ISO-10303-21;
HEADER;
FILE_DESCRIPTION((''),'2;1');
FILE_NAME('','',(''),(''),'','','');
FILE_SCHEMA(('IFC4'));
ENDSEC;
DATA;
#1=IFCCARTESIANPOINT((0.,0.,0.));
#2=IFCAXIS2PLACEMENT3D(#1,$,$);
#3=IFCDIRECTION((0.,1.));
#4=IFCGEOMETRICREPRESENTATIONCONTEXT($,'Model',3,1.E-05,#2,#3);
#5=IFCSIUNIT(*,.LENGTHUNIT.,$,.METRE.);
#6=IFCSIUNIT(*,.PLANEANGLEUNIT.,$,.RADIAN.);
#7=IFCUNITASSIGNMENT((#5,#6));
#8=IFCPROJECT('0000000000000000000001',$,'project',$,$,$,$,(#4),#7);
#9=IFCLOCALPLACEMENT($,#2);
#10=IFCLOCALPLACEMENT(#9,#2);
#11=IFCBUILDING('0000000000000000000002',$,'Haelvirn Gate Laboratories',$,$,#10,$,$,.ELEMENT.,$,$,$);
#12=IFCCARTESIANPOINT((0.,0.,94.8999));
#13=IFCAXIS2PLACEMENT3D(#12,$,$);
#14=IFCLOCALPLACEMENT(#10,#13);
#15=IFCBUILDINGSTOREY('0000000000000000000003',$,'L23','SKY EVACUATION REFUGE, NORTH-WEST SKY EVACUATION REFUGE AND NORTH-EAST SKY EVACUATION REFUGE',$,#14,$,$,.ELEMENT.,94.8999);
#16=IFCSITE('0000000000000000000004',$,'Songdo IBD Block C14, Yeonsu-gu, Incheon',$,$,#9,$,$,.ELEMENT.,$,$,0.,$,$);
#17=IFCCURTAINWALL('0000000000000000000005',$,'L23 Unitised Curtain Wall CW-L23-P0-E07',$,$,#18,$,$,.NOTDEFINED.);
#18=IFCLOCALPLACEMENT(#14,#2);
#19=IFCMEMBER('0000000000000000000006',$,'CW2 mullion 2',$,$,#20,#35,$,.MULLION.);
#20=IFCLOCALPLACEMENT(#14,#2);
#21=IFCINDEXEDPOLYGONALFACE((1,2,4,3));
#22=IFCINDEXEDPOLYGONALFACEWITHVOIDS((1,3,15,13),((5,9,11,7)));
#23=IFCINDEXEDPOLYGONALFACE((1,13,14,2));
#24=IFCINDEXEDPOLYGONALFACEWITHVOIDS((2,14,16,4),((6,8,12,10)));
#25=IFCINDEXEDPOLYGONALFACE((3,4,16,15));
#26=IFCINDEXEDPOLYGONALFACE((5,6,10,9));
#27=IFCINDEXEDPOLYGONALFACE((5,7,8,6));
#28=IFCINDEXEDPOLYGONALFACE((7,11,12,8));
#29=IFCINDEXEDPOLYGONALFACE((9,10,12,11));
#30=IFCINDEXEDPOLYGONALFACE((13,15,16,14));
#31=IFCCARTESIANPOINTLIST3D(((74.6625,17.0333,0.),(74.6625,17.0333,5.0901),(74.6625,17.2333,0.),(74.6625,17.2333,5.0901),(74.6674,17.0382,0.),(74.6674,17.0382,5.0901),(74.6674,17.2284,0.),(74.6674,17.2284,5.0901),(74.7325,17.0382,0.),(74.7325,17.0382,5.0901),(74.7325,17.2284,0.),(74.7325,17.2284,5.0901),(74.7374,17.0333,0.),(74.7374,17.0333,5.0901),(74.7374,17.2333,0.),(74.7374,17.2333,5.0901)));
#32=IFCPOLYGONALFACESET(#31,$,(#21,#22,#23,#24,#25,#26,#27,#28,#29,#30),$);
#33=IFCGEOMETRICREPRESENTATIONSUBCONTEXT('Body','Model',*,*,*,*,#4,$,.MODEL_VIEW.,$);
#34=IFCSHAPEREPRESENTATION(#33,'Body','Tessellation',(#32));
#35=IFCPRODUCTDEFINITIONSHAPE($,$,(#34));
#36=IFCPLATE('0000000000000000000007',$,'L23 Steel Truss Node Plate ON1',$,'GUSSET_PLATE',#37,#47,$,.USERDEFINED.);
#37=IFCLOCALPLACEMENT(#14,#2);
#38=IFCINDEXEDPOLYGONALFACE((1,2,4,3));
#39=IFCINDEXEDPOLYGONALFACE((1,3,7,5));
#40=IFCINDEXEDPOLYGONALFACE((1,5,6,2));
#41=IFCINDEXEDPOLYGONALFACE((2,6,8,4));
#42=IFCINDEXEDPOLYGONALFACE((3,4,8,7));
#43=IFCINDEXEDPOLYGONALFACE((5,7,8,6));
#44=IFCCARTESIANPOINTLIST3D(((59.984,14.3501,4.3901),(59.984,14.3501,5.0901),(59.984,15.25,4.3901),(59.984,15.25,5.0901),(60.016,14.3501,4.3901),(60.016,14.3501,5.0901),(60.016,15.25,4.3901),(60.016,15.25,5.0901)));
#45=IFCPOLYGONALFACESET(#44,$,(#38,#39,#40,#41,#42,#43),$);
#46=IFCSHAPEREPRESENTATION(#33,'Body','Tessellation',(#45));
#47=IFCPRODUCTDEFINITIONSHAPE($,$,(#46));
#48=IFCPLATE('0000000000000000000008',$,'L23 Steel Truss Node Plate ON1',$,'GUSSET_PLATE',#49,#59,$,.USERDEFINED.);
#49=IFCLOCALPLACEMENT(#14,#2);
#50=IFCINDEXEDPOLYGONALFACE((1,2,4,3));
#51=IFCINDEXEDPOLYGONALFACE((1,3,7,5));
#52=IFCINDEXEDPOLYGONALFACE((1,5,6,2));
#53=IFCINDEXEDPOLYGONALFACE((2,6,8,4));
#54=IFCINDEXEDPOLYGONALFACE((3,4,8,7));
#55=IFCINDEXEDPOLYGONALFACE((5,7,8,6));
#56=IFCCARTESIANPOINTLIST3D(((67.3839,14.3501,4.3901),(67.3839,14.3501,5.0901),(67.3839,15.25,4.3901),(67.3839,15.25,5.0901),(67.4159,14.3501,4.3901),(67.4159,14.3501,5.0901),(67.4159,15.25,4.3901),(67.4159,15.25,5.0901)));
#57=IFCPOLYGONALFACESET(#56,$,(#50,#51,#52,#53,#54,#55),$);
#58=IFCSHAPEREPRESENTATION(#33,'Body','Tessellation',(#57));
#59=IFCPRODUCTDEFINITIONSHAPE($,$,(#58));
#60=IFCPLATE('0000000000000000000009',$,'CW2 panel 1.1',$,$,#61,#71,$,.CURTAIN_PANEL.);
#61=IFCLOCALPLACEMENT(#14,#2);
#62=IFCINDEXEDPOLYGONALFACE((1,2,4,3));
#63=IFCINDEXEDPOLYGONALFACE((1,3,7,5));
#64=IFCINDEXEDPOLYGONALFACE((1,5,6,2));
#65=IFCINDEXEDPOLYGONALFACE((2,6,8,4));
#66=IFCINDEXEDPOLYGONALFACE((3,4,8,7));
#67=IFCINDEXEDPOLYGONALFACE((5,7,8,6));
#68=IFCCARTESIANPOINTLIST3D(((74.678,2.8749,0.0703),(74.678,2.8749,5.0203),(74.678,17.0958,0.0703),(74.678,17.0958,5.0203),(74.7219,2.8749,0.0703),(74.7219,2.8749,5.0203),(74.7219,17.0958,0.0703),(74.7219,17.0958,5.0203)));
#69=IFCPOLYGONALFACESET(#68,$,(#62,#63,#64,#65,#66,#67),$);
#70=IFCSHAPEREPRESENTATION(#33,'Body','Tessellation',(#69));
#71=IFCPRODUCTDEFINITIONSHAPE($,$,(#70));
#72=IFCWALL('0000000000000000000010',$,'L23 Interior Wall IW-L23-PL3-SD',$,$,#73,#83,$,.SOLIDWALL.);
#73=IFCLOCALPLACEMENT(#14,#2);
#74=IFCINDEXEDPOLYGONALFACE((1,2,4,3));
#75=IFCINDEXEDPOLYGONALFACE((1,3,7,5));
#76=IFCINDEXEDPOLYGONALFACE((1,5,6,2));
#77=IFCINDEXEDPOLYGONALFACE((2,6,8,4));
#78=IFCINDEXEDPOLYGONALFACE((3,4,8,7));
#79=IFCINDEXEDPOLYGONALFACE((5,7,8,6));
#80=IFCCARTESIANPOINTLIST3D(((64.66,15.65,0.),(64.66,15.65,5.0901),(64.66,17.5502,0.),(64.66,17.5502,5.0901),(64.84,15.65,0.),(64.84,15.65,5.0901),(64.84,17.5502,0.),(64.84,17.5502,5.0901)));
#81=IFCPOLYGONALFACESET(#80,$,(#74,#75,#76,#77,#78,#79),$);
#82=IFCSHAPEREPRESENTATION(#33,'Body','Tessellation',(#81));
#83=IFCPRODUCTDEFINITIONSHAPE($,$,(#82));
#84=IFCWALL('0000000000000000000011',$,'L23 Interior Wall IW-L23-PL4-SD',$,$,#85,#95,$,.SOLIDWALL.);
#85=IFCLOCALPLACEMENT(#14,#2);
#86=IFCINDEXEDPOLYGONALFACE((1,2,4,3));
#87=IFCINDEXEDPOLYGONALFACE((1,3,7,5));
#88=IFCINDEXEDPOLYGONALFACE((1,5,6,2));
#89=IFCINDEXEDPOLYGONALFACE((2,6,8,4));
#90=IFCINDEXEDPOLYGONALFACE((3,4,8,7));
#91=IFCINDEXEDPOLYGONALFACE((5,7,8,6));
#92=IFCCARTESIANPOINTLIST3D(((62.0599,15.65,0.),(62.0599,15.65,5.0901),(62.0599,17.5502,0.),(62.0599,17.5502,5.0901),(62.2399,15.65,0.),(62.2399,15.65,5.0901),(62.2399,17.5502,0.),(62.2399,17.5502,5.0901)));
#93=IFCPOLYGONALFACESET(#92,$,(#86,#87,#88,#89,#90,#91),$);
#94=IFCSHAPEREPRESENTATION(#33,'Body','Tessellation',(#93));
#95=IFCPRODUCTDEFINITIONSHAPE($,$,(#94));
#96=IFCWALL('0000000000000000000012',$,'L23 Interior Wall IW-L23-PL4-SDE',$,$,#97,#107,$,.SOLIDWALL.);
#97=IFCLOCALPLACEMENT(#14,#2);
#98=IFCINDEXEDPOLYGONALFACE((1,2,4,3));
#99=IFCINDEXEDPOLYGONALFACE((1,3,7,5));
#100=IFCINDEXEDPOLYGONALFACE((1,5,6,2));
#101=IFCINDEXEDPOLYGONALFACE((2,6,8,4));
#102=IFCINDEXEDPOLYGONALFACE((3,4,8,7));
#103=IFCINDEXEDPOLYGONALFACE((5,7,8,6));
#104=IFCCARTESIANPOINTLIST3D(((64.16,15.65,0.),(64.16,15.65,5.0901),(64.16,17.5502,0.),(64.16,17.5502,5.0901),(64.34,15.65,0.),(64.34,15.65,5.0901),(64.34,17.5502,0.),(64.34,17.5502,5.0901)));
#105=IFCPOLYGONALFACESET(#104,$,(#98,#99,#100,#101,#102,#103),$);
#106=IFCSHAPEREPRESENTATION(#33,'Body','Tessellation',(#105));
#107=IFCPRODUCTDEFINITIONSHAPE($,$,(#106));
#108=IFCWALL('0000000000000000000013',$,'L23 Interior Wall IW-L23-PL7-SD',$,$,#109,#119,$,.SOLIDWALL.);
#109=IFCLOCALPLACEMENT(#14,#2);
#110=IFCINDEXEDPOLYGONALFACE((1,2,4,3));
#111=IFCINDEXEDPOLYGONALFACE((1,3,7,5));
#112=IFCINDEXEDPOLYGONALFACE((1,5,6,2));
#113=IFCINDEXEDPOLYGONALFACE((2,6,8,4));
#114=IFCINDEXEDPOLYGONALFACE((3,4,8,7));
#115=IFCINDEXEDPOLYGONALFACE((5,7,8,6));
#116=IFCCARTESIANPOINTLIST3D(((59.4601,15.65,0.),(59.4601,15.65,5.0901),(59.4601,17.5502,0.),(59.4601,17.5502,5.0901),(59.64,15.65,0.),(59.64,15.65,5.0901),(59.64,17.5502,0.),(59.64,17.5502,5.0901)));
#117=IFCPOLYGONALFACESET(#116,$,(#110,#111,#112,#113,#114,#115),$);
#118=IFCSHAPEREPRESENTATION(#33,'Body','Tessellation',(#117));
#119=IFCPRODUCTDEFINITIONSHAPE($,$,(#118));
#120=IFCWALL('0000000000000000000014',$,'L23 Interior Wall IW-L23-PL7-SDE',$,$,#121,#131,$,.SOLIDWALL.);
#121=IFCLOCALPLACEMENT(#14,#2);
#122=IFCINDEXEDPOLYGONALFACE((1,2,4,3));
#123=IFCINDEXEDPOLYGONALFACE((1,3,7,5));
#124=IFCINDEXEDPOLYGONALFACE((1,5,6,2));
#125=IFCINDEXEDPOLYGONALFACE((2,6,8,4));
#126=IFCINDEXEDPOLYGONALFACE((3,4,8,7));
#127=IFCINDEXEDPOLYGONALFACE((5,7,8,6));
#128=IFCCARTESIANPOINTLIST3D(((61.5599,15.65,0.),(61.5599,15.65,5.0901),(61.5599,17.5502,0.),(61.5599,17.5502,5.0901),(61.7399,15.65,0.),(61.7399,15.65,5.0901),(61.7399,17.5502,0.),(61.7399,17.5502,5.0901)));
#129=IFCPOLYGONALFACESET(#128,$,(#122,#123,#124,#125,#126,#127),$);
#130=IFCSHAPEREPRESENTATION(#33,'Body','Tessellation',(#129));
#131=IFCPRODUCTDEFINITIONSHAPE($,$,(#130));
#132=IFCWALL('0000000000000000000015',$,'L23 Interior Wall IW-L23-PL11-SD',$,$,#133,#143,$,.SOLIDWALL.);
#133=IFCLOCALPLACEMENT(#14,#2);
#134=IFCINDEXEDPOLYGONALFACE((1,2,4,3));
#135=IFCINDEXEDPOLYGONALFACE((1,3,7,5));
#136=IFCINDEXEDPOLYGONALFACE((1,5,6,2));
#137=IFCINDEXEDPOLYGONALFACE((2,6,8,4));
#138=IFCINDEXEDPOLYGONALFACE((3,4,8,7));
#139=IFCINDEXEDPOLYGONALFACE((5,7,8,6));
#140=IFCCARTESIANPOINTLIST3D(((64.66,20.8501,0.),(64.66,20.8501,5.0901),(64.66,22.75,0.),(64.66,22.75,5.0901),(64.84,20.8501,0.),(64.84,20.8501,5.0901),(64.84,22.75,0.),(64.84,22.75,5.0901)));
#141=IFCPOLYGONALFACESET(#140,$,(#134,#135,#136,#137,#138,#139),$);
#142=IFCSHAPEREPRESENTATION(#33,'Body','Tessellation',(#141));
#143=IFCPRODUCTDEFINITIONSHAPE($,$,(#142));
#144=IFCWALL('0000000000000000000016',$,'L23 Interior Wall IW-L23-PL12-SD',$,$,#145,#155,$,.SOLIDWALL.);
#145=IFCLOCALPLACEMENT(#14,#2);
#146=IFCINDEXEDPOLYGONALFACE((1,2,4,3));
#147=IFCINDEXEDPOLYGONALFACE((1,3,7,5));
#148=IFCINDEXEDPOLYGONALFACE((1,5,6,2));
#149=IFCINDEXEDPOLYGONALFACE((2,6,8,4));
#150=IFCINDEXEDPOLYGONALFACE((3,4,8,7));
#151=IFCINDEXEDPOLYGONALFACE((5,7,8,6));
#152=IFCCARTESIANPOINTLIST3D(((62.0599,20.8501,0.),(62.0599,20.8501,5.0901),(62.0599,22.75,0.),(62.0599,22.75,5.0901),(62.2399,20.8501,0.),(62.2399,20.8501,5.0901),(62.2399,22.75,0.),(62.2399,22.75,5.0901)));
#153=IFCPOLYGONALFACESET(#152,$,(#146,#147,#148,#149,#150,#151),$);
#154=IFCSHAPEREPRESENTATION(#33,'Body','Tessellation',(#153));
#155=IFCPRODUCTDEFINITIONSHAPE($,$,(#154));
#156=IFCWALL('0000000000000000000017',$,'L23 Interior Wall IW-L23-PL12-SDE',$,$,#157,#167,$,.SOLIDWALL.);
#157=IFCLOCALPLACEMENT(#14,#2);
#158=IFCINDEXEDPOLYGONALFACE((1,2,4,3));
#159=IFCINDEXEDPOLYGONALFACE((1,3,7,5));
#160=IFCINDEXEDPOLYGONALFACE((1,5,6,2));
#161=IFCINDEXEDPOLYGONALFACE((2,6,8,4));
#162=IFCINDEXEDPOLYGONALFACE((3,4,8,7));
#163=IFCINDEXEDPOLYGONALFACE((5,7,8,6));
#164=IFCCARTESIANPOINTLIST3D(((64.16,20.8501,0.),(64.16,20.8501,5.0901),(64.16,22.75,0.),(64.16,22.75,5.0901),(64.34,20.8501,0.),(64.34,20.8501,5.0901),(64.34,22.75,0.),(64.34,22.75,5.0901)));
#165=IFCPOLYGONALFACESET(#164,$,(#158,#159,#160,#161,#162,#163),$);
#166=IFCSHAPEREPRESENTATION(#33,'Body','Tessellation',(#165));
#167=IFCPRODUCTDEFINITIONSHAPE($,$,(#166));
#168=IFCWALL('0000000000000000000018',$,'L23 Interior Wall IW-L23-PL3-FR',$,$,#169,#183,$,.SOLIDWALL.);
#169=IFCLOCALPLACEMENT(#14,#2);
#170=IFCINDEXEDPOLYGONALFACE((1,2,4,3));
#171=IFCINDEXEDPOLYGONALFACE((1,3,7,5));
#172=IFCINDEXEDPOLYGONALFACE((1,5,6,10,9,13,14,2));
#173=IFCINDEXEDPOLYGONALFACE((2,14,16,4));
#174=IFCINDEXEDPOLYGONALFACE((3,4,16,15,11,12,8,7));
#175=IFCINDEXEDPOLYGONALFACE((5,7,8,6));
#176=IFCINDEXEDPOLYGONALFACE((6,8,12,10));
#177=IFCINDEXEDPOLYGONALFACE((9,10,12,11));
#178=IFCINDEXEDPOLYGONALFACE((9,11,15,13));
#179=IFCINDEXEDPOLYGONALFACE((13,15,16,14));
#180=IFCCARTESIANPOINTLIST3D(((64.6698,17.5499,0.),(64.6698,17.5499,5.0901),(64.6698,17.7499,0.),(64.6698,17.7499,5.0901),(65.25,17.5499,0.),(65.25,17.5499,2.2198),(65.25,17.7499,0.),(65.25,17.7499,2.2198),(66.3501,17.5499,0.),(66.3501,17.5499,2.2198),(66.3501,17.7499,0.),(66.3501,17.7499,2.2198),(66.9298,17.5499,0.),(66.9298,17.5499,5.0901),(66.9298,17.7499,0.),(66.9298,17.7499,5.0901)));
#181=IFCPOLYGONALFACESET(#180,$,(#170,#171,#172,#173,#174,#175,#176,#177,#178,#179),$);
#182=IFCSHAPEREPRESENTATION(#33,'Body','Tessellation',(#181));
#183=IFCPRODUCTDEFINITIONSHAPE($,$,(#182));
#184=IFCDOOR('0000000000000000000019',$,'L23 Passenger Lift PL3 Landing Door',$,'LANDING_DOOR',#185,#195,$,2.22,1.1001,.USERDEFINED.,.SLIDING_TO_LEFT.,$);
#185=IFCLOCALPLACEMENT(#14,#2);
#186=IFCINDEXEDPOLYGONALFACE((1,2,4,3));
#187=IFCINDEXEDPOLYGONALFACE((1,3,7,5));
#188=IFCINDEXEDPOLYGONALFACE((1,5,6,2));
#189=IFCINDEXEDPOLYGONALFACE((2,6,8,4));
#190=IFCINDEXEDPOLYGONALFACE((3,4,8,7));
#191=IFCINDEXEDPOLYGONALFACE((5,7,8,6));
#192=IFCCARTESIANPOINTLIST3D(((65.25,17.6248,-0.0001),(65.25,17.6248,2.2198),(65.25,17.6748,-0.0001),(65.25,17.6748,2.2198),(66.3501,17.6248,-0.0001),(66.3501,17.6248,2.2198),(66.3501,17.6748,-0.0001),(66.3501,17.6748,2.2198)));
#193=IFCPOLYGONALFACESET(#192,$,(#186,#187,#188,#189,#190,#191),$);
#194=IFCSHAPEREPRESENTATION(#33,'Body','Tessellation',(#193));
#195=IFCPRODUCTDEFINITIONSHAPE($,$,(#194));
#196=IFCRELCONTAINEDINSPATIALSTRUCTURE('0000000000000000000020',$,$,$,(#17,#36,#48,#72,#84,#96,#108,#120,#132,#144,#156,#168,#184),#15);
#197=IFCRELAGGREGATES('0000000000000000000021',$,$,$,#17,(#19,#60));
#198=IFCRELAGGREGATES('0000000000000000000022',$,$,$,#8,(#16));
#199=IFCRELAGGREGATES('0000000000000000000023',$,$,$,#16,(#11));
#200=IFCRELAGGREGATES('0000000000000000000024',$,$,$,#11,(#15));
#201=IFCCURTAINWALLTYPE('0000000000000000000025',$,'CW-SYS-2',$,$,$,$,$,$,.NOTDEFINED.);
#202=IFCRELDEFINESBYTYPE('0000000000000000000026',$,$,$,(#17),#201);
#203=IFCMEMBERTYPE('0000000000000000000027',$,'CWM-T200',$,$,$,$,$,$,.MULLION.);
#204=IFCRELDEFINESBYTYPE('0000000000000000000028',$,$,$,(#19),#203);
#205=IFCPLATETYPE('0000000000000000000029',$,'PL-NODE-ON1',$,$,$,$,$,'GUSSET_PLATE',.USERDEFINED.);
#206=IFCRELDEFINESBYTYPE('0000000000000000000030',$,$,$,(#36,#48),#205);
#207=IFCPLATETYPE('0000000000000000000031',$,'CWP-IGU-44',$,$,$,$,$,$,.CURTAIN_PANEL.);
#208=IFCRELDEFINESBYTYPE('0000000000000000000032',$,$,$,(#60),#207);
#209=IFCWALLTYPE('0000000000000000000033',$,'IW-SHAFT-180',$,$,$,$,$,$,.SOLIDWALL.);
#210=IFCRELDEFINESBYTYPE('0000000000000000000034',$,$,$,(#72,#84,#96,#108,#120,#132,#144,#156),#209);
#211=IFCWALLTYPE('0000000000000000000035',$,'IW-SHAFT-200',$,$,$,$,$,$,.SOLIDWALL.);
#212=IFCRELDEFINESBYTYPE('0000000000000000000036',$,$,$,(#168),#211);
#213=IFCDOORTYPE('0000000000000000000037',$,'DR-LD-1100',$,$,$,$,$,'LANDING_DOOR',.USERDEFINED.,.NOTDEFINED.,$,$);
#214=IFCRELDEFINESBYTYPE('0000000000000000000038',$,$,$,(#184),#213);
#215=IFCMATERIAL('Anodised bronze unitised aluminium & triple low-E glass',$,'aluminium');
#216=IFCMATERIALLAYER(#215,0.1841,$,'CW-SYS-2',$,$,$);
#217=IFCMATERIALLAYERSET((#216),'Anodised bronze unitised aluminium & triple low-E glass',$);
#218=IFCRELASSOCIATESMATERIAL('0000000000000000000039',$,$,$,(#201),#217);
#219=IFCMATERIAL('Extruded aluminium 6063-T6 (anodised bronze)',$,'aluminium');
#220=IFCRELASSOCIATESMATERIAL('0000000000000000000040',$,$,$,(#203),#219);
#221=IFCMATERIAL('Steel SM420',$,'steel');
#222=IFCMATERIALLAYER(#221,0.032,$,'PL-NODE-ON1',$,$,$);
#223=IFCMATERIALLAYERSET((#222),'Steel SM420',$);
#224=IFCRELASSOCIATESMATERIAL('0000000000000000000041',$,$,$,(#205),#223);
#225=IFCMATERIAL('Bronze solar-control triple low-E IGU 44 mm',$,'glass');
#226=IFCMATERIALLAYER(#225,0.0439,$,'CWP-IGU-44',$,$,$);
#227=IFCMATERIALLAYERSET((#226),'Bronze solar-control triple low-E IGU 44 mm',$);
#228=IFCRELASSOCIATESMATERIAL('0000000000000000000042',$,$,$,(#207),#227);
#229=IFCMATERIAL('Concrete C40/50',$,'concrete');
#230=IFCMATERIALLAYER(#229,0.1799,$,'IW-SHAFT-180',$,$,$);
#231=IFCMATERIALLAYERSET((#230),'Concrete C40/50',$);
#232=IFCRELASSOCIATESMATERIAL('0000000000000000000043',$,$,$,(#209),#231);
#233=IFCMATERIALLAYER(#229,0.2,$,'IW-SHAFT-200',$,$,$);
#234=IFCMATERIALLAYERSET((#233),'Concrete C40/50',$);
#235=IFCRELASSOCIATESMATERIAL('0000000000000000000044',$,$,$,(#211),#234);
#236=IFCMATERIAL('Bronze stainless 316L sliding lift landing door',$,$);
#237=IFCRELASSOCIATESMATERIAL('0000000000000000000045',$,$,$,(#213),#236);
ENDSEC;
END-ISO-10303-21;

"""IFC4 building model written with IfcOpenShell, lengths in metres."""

from ifc_helpers import new_model, si_unit, direction, frame, frame_2d, origin, origin_2d, place, context, subcontext, project, spatial, rectangle, hollow_rectangle, extrude, source, transform, mapped, material, layer, layer_set, material_profile, profile_set, type_object, type_shapes, element, fill, aggregate, save


model = new_model("IFC4")

# Units and contexts
model_context = context("Model", 3, precision=1e-05, world=origin(), true_north=direction((0.0, 1.0)))
body_context = subcontext(model_context, "Body", "Model", "MODEL_VIEW")
ifc_project = project(units=[si_unit("LENGTHUNIT", "METRE"), si_unit("PLANEANGLEUNIT", "RADIAN")], contexts=[model_context])

# Site, building, storey
site_placement = place(None, origin())
site = spatial("IfcSite", under=ifc_project, at=site_placement, Name="Songdo IBD Block C14, Yeonsu-gu, Incheon", CompositionType="ELEMENT", RefElevation=0.0)
building_placement = place(site_placement, origin())
building = spatial("IfcBuilding", under=site, at=building_placement, Name="Haelvirn Gate Laboratories", CompositionType="ELEMENT")
storey_placement = place(building_placement, frame((0.0, 0.0, 94.8999)))
storey = spatial("IfcBuildingStorey", under=building, at=storey_placement, Name="L23", Description="SKY EVACUATION REFUGE, NORTH-WEST SKY EVACUATION REFUGE AND NORTH-EAST SKY EVACUATION REFUGE", CompositionType="ELEMENT", Elevation=94.8999)

# Shared definitions
ifc_material_1 = material(Name="Steel SM420", Category="steel")

# Curtain wall, member
ifc_material_2 = material(Name="Anodised bronze unitised aluminium & triple low-E glass", Category="aluminium")
ifc_layer_1 = layer(ifc_material_2, 0.1841, Name="CW-SYS-2")
ifc_layer_set_1 = layer_set([ifc_layer_1], Name="Anodised bronze unitised aluminium & triple low-E glass")
curtain_wall_type = type_object("IfcCurtainWallType", Name="CW-SYS-2", PredefinedType="NOTDEFINED", material=ifc_layer_set_1)
curtain_wall_placement = place(storey_placement, origin())
curtain_wall = element("IfcCurtainWall", 1, at=curtain_wall_placement, inside=storey, type_object=curtain_wall_type, Name="L23 Unitised Curtain Wall CW-L23-P0-E07", PredefinedType="NOTDEFINED")
ifc_material_3 = material(Name="Extruded aluminium 6063-T6 (anodised bronze)", Category="aluminium")
ifc_material_profile_1 = material_profile(ifc_material_3, hollow_rectangle(XDim=0.075, YDim=0.2, WallThickness=0.0049, at=origin_2d()), Name="CWM-200x75x5")
ifc_profile_set_1 = profile_set([ifc_material_profile_1], Name="Extruded aluminium 6063-T6 (anodised bronze)")
member_type_1 = type_object("IfcMemberType", Name="CWM-T200", PredefinedType="MULLION", material=ifc_profile_set_1)
shared_shape_1 = source(origin(), body_context, "Body", "SweptSolid", [
    extrude(hollow_rectangle(XDim=0.075, YDim=0.2, WallThickness=0.0049, at=origin_2d()), origin(), (0.0, 0.0, 1.0), 5.0901),
])
type_shapes(member_type_1, [shared_shape_1])
member_1_placement = place(storey_placement, frame((74.7, 17.1333, 0.0), z_axis=(0.0, 0.0, 1.0), x_axis=(-1.0, 0.0, 0.0)))
member_1 = element("IfcMember", 2, at=member_1_placement, type_object=member_type_1, Name="CW2 mullion 2", PredefinedType="MULLION", context=body_context, shape_type="MappedRepresentation", body=[
    mapped(shared_shape_1, transform((0.0, 0.0, 0.0), scale=1.0)),
])

# Plates
ifc_layer_2 = layer(ifc_material_1, 0.032, Name="PL-NODE-ON1")
ifc_layer_set_2 = layer_set([ifc_layer_2], Name="Steel SM420")
plate_type_1 = type_object("IfcPlateType", Name="PL-NODE-ON1", ElementType="GUSSET_PLATE", PredefinedType="USERDEFINED", material=ifc_layer_set_2)
shared_shape_2 = source(origin(), body_context, "Body", "SweptSolid", [
    extrude(rectangle(XDim=0.8999, YDim=0.032, at=origin_2d()), origin(), (0.0, 0.0, 1.0), 0.7),
])
type_shapes(plate_type_1, [shared_shape_2])
for number, where, z_axis, x_axis, name in (
    (3, (60.0, 14.8, 4.3901), (0.0, 0.0, 1.0), (0.0, 1.0, 0.0), "L23 Steel Truss Node Plate ON1"),
    (4, (67.3999, 14.8, 4.3901), (0.0, 0.0, 1.0), (0.0, 1.0, 0.0), "L23 Steel Truss Node Plate ON1"),
):
    element("IfcPlate", number, at=place(storey_placement, frame(where, z_axis=z_axis, x_axis=x_axis)), inside=storey, type_object=plate_type_1, Name=name, ObjectType="GUSSET_PLATE", PredefinedType="USERDEFINED", context=body_context, shape_type="MappedRepresentation", body=[
        mapped(shared_shape_2, transform((0.0, 0.0, 0.0), scale=1.0)),
    ])

# Plate
ifc_material_4 = material(Name="Bronze solar-control triple low-E IGU 44 mm", Category="glass")
ifc_layer_3 = layer(ifc_material_4, 0.0439, Name="CWP-IGU-44")
ifc_layer_set_3 = layer_set([ifc_layer_3], Name="Bronze solar-control triple low-E IGU 44 mm")
plate_type_2 = type_object("IfcPlateType", Name="CWP-IGU-44", PredefinedType="CURTAIN_PANEL", material=ifc_layer_set_3)
shared_shape_3 = source(origin(), body_context, "Body", "SweptSolid", [
    extrude(rectangle(XDim=14.2209, YDim=0.0439, at=origin_2d()), origin(), (0.0, 0.0, 1.0), 4.95),
])
type_shapes(plate_type_2, [shared_shape_3])
plate_placement = place(storey_placement, frame((74.7, 9.9854, 0.0703), z_axis=(0.0, 0.0, 1.0), x_axis=(0.0, 1.0, 0.0)))
plate = element("IfcPlate", 5, at=plate_placement, type_object=plate_type_2, Name="CW2 panel 1.1", PredefinedType="CURTAIN_PANEL", context=body_context, shape_type="MappedRepresentation", body=[
    mapped(shared_shape_3, transform((0.0, 0.0, 0.0), scale=1.0)),
])
aggregate(curtain_wall, [member_1, plate])

# Walls
ifc_material_5 = material(Name="Concrete C40/50", Category="concrete")
ifc_layer_4 = layer(ifc_material_5, 0.1799, Name="IW-SHAFT-180")
ifc_layer_set_4 = layer_set([ifc_layer_4], Name="Concrete C40/50")
wall_type_1 = type_object("IfcWallType", Name="IW-SHAFT-180", PredefinedType="SOLIDWALL", material=ifc_layer_set_4)
for number, where, z_axis, x_axis, name in (
    (6, (64.75, 15.6499, 0.0), (0.0, 0.0, 1.0), (0.0, 1.0, 0.0), "L23 Interior Wall IW-L23-PL3-SD"),
    (7, (62.1499, 15.6499, 0.0), (0.0, 0.0, 1.0), (0.0, 1.0, 0.0), "L23 Interior Wall IW-L23-PL4-SD"),
    (8, (64.25, 15.6499, 0.0), (0.0, 0.0, 1.0), (0.0, 1.0, 0.0), "L23 Interior Wall IW-L23-PL4-SDE"),
    (9, (59.55, 15.6499, 0.0), (0.0, 0.0, 1.0), (0.0, 1.0, 0.0), "L23 Interior Wall IW-L23-PL7-SD"),
    (10, (61.6499, 15.6499, 0.0), (0.0, 0.0, 1.0), (0.0, 1.0, 0.0), "L23 Interior Wall IW-L23-PL7-SDE"),
):
    element("IfcWall", number, at=place(storey_placement, frame(where, z_axis=z_axis, x_axis=x_axis)), inside=storey, type_object=wall_type_1, Name=name, PredefinedType="SOLIDWALL", context=body_context, shape_type="SweptSolid", body=[
        extrude(rectangle(XDim=1.9001, YDim=0.1799, at=frame_2d((0.9502, 0.0))), origin(), (0.0, 0.0, 1.0), 5.0901),
    ])
for number, where, z_axis, x_axis, name in (
    (11, (64.75, 20.8501, 0.0), (0.0, 0.0, 1.0), (0.0, 1.0, 0.0), "L23 Interior Wall IW-L23-PL11-SD"),
    (12, (62.1499, 20.8501, 0.0), (0.0, 0.0, 1.0), (0.0, 1.0, 0.0), "L23 Interior Wall IW-L23-PL12-SD"),
    (13, (64.25, 20.8501, 0.0), (0.0, 0.0, 1.0), (0.0, 1.0, 0.0), "L23 Interior Wall IW-L23-PL12-SDE"),
):
    element("IfcWall", number, at=place(storey_placement, frame(where, z_axis=z_axis, x_axis=x_axis)), inside=storey, type_object=wall_type_1, Name=name, PredefinedType="SOLIDWALL", context=body_context, shape_type="SweptSolid", body=[
        extrude(rectangle(XDim=1.8999, YDim=0.1799, at=frame_2d((0.95, 0.0))), origin(), (0.0, 0.0, 1.0), 5.0901),
    ])

# Wall, opening, door
ifc_layer_5 = layer(ifc_material_5, 0.2, Name="IW-SHAFT-200")
ifc_layer_set_5 = layer_set([ifc_layer_5], Name="Concrete C40/50")
wall_type_2 = type_object("IfcWallType", Name="IW-SHAFT-200", PredefinedType="SOLIDWALL", material=ifc_layer_set_5)
wall_1_placement = place(storey_placement, frame((64.6699, 17.6499, 0.0), z_axis=(0.0, 0.0, 1.0), x_axis=(1.0, 0.0, 0.0)))
wall_1 = element("IfcWall", 14, at=wall_1_placement, inside=storey, type_object=wall_type_2, Name="L23 Interior Wall IW-L23-PL3-FR", PredefinedType="SOLIDWALL", context=body_context, shape_type="SweptSolid", body=[
    extrude(rectangle(XDim=2.26, YDim=0.2, at=frame_2d((1.1299, 0.0))), origin(), (0.0, 0.0, 1.0), 5.0901),
])
opening_1_placement = place(wall_1_placement, frame((0.5801, 0.0, 0.0)))
opening_1 = element("IfcOpeningElement", 15, at=opening_1_placement, cuts=wall_1, PredefinedType="OPENING", context=body_context, shape_type="SweptSolid", body=[
    extrude(rectangle(XDim=1.1001, YDim=2.22, at=frame_2d((0.55, 1.1099))), frame((0.0, 0.1099, 0.0), z_axis=(0.0, -1.0, 0.0), x_axis=(1.0, 0.0, 0.0)), (0.0, 0.0, 1.0), 0.22),
])
ifc_material_6 = material(Name="Bronze stainless 316L sliding lift landing door")
door_type = type_object("IfcDoorType", Name="DR-LD-1100", ElementType="LANDING_DOOR", OperationType="NOTDEFINED", PredefinedType="USERDEFINED", material=ifc_material_6)
shared_shape_4 = source(origin(), body_context, "Body", "SweptSolid", [
    extrude(rectangle(XDim=1.1001, YDim=2.22, at=frame_2d((0.55, 1.1099))), frame((0.0, 0.0249, 0.0), z_axis=(0.0, -1.0, 0.0), x_axis=(1.0, 0.0, 0.0)), (0.0, 0.0, 1.0), 0.05),
])
type_shapes(door_type, [shared_shape_4])
door_1_placement = place(opening_1_placement, origin())
door_1 = element("IfcDoor", 16, at=door_1_placement, inside=storey, type_object=door_type, Name="L23 Passenger Lift PL3 Landing Door", ObjectType="LANDING_DOOR", OperationType="SLIDING_TO_LEFT", OverallHeight=2.22, OverallWidth=1.1001, PredefinedType="USERDEFINED", context=body_context, shape_type="MappedRepresentation", body=[
    mapped(shared_shape_4, transform((0.0, 0.0, 0.0), scale=1.0)),
])
fill(opening_1, door_1)

save(model, "model.ifc")
